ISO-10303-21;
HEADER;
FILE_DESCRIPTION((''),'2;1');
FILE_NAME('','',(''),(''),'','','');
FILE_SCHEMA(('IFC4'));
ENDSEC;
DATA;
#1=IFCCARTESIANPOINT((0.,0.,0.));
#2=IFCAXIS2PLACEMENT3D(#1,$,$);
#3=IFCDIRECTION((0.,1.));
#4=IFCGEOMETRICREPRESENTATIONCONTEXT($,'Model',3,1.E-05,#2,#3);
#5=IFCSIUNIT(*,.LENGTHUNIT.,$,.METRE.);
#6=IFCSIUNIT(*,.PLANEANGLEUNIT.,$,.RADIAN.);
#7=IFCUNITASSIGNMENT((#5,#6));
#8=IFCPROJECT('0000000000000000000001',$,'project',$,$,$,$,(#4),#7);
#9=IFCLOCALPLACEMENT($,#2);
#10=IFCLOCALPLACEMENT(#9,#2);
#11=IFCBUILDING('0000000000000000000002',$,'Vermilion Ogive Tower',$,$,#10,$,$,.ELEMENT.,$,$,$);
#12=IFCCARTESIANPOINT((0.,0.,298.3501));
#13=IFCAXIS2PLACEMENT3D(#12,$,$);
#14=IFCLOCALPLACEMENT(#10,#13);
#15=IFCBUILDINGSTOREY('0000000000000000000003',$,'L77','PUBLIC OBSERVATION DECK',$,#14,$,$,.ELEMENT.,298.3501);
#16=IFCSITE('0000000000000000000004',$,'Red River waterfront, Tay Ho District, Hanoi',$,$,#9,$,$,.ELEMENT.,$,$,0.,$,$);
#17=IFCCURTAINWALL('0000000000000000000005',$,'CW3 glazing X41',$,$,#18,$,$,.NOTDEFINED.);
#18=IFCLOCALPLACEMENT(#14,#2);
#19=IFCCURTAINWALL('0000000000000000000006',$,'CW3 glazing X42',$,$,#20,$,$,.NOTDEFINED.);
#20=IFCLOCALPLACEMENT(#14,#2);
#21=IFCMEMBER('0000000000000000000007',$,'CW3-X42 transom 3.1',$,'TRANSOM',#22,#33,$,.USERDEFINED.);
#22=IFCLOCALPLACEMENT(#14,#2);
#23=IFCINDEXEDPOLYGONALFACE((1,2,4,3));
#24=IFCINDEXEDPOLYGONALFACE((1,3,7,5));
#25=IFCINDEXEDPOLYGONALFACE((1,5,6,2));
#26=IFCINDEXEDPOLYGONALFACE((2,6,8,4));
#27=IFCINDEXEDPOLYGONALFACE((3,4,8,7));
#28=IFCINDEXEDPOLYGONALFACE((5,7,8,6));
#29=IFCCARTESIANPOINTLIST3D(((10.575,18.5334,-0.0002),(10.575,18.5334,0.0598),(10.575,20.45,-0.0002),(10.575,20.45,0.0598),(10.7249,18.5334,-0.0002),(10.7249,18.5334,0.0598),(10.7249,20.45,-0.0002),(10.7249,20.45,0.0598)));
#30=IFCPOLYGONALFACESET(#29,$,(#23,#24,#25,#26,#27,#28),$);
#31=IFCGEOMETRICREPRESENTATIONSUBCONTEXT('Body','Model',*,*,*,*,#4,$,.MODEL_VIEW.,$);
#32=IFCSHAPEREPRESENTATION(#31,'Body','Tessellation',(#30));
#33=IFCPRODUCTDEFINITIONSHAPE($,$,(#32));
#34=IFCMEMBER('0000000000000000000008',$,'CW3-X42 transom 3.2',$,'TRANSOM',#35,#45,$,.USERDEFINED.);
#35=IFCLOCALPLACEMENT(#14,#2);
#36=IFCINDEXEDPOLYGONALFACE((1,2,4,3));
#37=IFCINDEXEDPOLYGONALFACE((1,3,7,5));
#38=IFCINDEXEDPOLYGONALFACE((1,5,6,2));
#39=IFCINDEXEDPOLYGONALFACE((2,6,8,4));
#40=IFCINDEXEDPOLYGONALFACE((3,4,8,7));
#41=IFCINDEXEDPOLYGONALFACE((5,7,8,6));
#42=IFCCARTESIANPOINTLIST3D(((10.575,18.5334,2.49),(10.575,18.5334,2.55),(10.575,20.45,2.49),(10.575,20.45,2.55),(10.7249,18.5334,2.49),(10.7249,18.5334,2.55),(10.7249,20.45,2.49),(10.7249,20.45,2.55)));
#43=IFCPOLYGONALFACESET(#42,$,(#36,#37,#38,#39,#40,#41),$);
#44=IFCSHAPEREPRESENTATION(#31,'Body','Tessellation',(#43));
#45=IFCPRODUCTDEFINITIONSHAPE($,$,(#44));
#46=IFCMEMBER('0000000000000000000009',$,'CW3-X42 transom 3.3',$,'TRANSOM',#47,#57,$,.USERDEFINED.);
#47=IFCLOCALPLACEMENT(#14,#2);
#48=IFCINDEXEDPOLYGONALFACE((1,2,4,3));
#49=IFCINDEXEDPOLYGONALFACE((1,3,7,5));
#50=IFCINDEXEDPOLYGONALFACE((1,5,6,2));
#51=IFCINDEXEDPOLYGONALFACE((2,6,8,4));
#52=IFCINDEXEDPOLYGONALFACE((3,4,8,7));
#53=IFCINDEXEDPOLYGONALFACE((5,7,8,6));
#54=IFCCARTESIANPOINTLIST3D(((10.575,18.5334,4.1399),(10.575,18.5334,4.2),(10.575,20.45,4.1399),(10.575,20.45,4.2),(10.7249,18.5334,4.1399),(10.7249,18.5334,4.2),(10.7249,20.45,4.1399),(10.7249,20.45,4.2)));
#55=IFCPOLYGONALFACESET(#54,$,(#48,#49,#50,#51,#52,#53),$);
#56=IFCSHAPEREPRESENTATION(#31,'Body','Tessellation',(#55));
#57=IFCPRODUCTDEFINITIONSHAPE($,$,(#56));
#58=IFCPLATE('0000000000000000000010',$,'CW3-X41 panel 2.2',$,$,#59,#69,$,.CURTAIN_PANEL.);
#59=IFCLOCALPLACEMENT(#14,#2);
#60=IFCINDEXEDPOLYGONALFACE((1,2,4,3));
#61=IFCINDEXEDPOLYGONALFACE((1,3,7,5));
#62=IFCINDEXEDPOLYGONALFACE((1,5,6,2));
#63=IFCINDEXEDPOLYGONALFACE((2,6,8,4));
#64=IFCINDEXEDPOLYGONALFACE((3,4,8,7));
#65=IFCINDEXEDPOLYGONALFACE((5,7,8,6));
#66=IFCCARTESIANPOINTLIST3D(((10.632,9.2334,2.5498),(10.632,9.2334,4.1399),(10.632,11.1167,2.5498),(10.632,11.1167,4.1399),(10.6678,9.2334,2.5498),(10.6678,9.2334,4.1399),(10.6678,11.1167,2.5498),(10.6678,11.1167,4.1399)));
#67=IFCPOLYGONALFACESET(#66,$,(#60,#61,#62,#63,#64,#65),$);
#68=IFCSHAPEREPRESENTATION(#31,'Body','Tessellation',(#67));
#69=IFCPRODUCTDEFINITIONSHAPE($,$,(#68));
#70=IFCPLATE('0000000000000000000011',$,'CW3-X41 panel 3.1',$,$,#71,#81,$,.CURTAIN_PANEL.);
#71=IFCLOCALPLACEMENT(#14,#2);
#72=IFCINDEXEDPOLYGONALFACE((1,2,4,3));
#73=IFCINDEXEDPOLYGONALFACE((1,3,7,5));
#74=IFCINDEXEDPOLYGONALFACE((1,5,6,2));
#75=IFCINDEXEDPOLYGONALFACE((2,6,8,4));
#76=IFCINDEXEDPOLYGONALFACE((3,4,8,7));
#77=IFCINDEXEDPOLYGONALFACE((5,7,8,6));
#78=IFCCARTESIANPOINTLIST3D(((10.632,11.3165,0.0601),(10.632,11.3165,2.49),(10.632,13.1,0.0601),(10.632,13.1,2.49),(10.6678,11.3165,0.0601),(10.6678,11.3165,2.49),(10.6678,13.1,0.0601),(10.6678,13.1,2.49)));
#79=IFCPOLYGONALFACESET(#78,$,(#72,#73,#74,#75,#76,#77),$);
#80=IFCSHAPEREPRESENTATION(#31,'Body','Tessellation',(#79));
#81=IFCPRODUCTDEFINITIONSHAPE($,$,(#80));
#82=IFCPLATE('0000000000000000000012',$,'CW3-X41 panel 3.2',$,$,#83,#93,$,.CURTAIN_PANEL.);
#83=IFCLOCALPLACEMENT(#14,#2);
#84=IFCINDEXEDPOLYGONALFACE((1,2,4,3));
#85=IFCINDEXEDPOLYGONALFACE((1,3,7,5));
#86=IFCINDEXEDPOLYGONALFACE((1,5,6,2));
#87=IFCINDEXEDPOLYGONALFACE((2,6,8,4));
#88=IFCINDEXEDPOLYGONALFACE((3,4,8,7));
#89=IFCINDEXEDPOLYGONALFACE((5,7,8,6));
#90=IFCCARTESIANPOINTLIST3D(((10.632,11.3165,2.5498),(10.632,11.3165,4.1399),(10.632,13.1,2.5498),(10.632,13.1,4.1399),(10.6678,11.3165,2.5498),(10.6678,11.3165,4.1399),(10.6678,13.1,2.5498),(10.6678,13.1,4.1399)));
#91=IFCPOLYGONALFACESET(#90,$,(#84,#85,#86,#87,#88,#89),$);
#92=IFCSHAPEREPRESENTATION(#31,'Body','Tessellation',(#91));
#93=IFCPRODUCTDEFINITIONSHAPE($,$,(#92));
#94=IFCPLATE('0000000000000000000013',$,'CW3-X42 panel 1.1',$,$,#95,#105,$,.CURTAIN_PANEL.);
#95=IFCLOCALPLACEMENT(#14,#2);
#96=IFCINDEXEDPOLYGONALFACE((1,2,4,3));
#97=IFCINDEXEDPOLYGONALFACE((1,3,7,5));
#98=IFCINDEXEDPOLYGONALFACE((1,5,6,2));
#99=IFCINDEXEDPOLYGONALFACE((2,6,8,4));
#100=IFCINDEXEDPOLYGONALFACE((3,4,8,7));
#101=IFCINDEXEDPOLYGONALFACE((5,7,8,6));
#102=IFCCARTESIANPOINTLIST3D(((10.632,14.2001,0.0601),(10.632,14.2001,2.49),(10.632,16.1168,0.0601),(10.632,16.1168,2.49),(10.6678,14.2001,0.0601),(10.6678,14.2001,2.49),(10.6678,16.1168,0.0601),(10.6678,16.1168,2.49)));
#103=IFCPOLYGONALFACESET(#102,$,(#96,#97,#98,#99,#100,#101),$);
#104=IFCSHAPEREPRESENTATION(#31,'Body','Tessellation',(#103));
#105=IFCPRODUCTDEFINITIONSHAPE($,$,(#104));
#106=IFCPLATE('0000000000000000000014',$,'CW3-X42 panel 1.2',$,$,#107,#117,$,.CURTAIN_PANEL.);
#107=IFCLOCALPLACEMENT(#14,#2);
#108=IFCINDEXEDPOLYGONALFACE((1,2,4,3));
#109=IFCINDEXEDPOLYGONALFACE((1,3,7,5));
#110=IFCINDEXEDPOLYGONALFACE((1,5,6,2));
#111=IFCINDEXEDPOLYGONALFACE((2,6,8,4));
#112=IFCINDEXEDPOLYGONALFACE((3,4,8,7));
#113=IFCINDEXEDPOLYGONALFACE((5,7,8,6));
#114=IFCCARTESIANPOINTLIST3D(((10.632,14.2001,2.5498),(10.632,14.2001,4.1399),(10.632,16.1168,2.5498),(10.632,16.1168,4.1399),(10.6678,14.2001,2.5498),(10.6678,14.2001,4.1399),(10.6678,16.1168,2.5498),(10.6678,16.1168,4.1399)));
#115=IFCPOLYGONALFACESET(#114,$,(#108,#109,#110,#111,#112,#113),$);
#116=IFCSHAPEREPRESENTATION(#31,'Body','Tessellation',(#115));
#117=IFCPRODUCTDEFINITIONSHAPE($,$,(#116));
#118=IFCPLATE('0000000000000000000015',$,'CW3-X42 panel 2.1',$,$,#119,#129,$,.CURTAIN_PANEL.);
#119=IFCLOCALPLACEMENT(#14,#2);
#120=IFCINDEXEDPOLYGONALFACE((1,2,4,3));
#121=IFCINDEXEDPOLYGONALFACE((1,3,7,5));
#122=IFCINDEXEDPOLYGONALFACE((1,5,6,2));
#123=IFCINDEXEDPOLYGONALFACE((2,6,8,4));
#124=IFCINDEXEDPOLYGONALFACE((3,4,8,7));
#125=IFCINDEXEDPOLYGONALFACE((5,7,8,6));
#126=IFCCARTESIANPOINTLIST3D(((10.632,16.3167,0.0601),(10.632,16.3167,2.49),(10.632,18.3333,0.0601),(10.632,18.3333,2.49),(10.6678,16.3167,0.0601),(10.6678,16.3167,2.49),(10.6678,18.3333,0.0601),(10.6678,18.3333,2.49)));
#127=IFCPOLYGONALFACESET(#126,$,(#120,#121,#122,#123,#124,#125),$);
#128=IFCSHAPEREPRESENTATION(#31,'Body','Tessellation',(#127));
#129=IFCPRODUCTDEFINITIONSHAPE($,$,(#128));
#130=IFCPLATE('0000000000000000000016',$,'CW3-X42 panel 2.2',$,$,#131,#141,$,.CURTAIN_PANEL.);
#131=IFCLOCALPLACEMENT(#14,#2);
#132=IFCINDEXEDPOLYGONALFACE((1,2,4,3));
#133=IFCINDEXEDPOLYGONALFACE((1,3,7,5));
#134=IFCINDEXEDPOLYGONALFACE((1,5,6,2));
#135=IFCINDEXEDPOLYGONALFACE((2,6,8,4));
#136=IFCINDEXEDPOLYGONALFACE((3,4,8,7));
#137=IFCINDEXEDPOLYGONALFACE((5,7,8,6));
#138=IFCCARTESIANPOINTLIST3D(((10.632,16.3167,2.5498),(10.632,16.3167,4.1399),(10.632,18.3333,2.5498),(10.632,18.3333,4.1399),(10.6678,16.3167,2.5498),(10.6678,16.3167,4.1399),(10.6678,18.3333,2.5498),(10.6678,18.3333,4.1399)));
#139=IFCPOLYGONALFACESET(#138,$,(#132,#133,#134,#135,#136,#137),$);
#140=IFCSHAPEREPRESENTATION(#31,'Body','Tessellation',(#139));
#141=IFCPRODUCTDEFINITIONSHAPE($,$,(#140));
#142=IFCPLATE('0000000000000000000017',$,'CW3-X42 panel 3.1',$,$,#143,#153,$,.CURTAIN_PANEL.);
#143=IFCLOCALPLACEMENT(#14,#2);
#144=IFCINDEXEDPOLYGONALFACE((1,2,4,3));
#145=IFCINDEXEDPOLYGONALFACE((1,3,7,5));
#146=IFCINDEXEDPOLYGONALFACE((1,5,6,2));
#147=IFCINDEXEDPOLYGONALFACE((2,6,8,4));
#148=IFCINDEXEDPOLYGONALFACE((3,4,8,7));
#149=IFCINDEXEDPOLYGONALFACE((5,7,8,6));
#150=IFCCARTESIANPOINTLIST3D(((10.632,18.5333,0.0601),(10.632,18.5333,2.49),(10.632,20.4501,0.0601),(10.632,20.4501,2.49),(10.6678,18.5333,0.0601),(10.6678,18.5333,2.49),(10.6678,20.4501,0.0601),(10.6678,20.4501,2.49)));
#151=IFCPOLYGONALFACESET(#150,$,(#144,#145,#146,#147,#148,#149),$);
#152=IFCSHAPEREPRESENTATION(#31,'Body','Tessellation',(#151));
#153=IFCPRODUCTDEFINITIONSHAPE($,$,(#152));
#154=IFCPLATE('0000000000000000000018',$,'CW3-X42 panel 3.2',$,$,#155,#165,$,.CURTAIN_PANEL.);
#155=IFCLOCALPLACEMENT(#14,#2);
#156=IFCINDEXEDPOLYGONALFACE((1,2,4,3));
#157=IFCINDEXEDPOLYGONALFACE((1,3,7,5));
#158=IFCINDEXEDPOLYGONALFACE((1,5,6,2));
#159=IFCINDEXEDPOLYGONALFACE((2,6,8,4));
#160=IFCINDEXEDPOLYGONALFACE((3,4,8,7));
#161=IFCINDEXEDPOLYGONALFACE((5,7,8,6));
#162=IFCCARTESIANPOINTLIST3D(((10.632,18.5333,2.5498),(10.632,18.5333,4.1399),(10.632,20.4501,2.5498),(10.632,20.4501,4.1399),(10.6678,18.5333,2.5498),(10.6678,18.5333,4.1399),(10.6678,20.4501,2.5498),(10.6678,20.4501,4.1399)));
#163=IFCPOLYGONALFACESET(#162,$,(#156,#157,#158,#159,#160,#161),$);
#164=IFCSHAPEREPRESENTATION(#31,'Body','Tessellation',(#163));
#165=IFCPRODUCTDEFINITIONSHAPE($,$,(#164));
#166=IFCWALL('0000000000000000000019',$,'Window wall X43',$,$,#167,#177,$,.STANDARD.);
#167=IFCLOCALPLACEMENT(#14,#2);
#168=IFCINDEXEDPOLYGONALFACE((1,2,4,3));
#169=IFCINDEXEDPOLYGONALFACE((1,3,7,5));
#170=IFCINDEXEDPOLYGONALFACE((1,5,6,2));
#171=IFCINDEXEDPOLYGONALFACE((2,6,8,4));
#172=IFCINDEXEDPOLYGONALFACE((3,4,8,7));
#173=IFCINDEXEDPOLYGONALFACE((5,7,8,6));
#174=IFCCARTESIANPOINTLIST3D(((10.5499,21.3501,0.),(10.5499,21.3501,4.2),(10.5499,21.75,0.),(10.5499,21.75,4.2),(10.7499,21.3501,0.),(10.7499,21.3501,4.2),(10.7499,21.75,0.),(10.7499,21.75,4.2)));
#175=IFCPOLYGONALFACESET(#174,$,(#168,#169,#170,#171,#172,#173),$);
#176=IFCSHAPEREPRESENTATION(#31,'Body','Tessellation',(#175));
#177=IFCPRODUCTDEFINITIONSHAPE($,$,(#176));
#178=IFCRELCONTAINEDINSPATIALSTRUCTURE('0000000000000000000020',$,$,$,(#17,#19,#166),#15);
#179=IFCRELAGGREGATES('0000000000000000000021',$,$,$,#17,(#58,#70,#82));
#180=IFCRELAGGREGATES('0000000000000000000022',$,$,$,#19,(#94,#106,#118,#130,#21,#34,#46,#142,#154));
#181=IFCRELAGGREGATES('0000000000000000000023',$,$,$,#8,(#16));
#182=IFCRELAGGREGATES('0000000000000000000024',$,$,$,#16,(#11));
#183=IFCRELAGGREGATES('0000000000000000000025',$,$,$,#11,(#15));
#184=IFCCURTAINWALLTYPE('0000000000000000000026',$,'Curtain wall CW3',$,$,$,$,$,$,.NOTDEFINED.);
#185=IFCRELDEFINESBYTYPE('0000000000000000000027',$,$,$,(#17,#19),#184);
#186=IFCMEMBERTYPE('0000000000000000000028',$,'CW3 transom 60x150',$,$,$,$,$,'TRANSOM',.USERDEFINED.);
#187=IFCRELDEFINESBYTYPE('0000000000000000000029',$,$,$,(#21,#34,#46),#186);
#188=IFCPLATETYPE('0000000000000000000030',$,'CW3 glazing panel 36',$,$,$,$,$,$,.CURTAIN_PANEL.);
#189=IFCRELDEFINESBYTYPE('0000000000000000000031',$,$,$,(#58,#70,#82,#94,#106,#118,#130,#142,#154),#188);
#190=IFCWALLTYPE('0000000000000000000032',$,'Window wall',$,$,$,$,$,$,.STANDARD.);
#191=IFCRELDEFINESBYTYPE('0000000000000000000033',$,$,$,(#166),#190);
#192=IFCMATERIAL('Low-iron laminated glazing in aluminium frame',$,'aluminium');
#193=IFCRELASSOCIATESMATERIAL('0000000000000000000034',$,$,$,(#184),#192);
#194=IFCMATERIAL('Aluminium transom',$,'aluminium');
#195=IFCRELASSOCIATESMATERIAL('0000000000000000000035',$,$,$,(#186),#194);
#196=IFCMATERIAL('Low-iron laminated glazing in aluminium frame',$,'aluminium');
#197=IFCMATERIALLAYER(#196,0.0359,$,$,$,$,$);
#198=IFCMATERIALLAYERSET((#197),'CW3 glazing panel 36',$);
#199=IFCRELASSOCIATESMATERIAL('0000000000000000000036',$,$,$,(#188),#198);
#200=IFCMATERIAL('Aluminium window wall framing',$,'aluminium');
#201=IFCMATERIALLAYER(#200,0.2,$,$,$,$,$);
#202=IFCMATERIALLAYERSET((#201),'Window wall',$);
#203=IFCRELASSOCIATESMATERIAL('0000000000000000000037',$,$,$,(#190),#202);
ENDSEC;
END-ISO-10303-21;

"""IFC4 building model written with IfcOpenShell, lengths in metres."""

from ifc_helpers import new_model, si_unit, direction, frame, frame_2d, origin, origin_2d, place, context, subcontext, project, spatial, rectangle, extrude, material, layer, layer_set, material_profile, profile_set, type_object, element, aggregate, save


model = new_model("IFC4")

# Units and contexts
model_context = context("Model", 3, precision=1e-05, world=origin(), true_north=direction((0.0, 1.0)))
body_context = subcontext(model_context, "Body", "Model", "MODEL_VIEW")
ifc_project = project(units=[si_unit("LENGTHUNIT", "METRE"), si_unit("PLANEANGLEUNIT", "RADIAN")], contexts=[model_context])

# Site, building, storey
site_placement = place(None, origin())
site = spatial("IfcSite", under=ifc_project, at=site_placement, Name="Red River waterfront, Tay Ho District, Hanoi", CompositionType="ELEMENT", RefElevation=0.0)
building_placement = place(site_placement, origin())
building = spatial("IfcBuilding", under=site, at=building_placement, Name="Vermilion Ogive Tower", CompositionType="ELEMENT")
storey_placement = place(building_placement, frame((0.0, 0.0, 298.3501)))
storey = spatial("IfcBuildingStorey", under=building, at=storey_placement, Name="L77", Description="PUBLIC OBSERVATION DECK", CompositionType="ELEMENT", Elevation=298.3501)

# Curtain walls
ifc_material_1 = material(Name="Low-iron laminated glazing in aluminium frame", Category="aluminium")
curtain_wall_type = type_object("IfcCurtainWallType", Name="Curtain wall CW3", PredefinedType="NOTDEFINED", material=ifc_material_1)
curtain_wall_1_placement = place(storey_placement, origin())
curtain_wall_1 = element("IfcCurtainWall", 1, at=curtain_wall_1_placement, inside=storey, type_object=curtain_wall_type, Name="CW3 glazing X41", PredefinedType="NOTDEFINED")
curtain_wall_2_placement = place(storey_placement, origin())
curtain_wall_2 = element("IfcCurtainWall", 2, at=curtain_wall_2_placement, inside=storey, type_object=curtain_wall_type, Name="CW3 glazing X42", PredefinedType="NOTDEFINED")

# Members
ifc_material_2 = material(Name="Aluminium transom", Category="aluminium")
ifc_material_profile_1 = material_profile(ifc_material_2, rectangle(XDim=0.1499, YDim=0.0601, at=origin_2d()), Name="AL 60x150")
ifc_profile_set_1 = profile_set([ifc_material_profile_1], Name="Aluminium transom")
member_type_1 = type_object("IfcMemberType", Name="CW3 transom 60x150", ElementType="TRANSOM", PredefinedType="USERDEFINED", material=ifc_profile_set_1)
member_1_placement = place(storey_placement, frame((10.6499, 18.5334, 0.0298), z_axis=(0.0, 1.0, 0.0), x_axis=(-1.0, 0.0, 0.0)))
member_1 = element("IfcMember", 3, at=member_1_placement, type_object=member_type_1, Name="CW3-X42 transom 3.1", ObjectType="TRANSOM", PredefinedType="USERDEFINED", context=body_context, shape_type="SweptSolid", body=[
    extrude(rectangle(XDim=0.1499, YDim=0.0601, at=origin_2d()), origin(), (0.0, 0.0, 1.0), 1.9165),
])
member_2_placement = place(storey_placement, frame((10.6499, 18.5334, 2.52), z_axis=(0.0, 1.0, 0.0), x_axis=(-1.0, 0.0, 0.0)))
member_2 = element("IfcMember", 4, at=member_2_placement, type_object=member_type_1, Name="CW3-X42 transom 3.2", ObjectType="TRANSOM", PredefinedType="USERDEFINED", context=body_context, shape_type="SweptSolid", body=[
    extrude(rectangle(XDim=0.1499, YDim=0.0601, at=origin_2d()), origin(), (0.0, 0.0, 1.0), 1.9165),
])
member_3_placement = place(storey_placement, frame((10.6499, 18.5334, 4.1699), z_axis=(0.0, 1.0, 0.0), x_axis=(-1.0, 0.0, 0.0)))
member_3 = element("IfcMember", 5, at=member_3_placement, type_object=member_type_1, Name="CW3-X42 transom 3.3", ObjectType="TRANSOM", PredefinedType="USERDEFINED", context=body_context, shape_type="SweptSolid", body=[
    extrude(rectangle(XDim=0.1499, YDim=0.0601, at=origin_2d()), origin(), (0.0, 0.0, 1.0), 1.9165),
])

# Plates
ifc_material_3 = material(Name="Low-iron laminated glazing in aluminium frame", Category="aluminium")
ifc_layer_1 = layer(ifc_material_3, 0.0359)
ifc_layer_set_1 = layer_set([ifc_layer_1], Name="CW3 glazing panel 36")
plate_type = type_object("IfcPlateType", Name="CW3 glazing panel 36", PredefinedType="CURTAIN_PANEL", material=ifc_layer_set_1)
plate_1_placement = place(storey_placement, frame((10.6499, 10.175, 2.5498), z_axis=(0.0, 0.0, 1.0), x_axis=(0.0, 1.0, 0.0)))
plate_1 = element("IfcPlate", 6, at=plate_1_placement, type_object=plate_type, Name="CW3-X41 panel 2.2", PredefinedType="CURTAIN_PANEL", context=body_context, shape_type="SweptSolid", body=[
    extrude(rectangle(XDim=1.8833, YDim=0.0359, at=origin_2d()), origin(), (0.0, 0.0, 1.0), 1.5901),
])
plate_2_placement = place(storey_placement, frame((10.6499, 12.2083, 0.0601), z_axis=(0.0, 0.0, 1.0), x_axis=(0.0, 1.0, 0.0)))
plate_2 = element("IfcPlate", 7, at=plate_2_placement, type_object=plate_type, Name="CW3-X41 panel 3.1", PredefinedType="CURTAIN_PANEL", context=body_context, shape_type="SweptSolid", body=[
    extrude(rectangle(XDim=1.7834, YDim=0.0359, at=origin_2d()), origin(), (0.0, 0.0, 1.0), 2.4299),
])
plate_3_placement = place(storey_placement, frame((10.6499, 12.2083, 2.5498), z_axis=(0.0, 0.0, 1.0), x_axis=(0.0, 1.0, 0.0)))
plate_3 = element("IfcPlate", 8, at=plate_3_placement, type_object=plate_type, Name="CW3-X41 panel 3.2", PredefinedType="CURTAIN_PANEL", context=body_context, shape_type="SweptSolid", body=[
    extrude(rectangle(XDim=1.7834, YDim=0.0359, at=origin_2d()), origin(), (0.0, 0.0, 1.0), 1.5901),
])
aggregate(curtain_wall_1, [plate_1, plate_2, plate_3])
plate_4_placement = place(storey_placement, frame((10.6499, 15.1584, 0.0601), z_axis=(0.0, 0.0, 1.0), x_axis=(0.0, 1.0, 0.0)))
plate_4 = element("IfcPlate", 9, at=plate_4_placement, type_object=plate_type, Name="CW3-X42 panel 1.1", PredefinedType="CURTAIN_PANEL", context=body_context, shape_type="SweptSolid", body=[
    extrude(rectangle(XDim=1.9167, YDim=0.0359, at=origin_2d()), origin(), (0.0, 0.0, 1.0), 2.4299),
])
plate_5_placement = place(storey_placement, frame((10.6499, 15.1584, 2.5498), z_axis=(0.0, 0.0, 1.0), x_axis=(0.0, 1.0, 0.0)))
plate_5 = element("IfcPlate", 10, at=plate_5_placement, type_object=plate_type, Name="CW3-X42 panel 1.2", PredefinedType="CURTAIN_PANEL", context=body_context, shape_type="SweptSolid", body=[
    extrude(rectangle(XDim=1.9167, YDim=0.0359, at=origin_2d()), origin(), (0.0, 0.0, 1.0), 1.5901),
])
plate_6_placement = place(storey_placement, frame((10.6499, 17.325, 0.0601), z_axis=(0.0, 0.0, 1.0), x_axis=(0.0, 1.0, 0.0)))
plate_6 = element("IfcPlate", 11, at=plate_6_placement, type_object=plate_type, Name="CW3-X42 panel 2.1", PredefinedType="CURTAIN_PANEL", context=body_context, shape_type="SweptSolid", body=[
    extrude(rectangle(XDim=2.0166, YDim=0.0359, at=origin_2d()), origin(), (0.0, 0.0, 1.0), 2.4299),
])
plate_7_placement = place(storey_placement, frame((10.6499, 17.325, 2.5498), z_axis=(0.0, 0.0, 1.0), x_axis=(0.0, 1.0, 0.0)))
plate_7 = element("IfcPlate", 12, at=plate_7_placement, type_object=plate_type, Name="CW3-X42 panel 2.2", PredefinedType="CURTAIN_PANEL", context=body_context, shape_type="SweptSolid", body=[
    extrude(rectangle(XDim=2.0166, YDim=0.0359, at=origin_2d()), origin(), (0.0, 0.0, 1.0), 1.5901),
])
plate_8_placement = place(storey_placement, frame((10.6499, 19.4917, 0.0601), z_axis=(0.0, 0.0, 1.0), x_axis=(0.0, 1.0, 0.0)))
plate_8 = element("IfcPlate", 13, at=plate_8_placement, type_object=plate_type, Name="CW3-X42 panel 3.1", PredefinedType="CURTAIN_PANEL", context=body_context, shape_type="SweptSolid", body=[
    extrude(rectangle(XDim=1.9167, YDim=0.0359, at=origin_2d()), origin(), (0.0, 0.0, 1.0), 2.4299),
])
plate_9_placement = place(storey_placement, frame((10.6499, 19.4917, 2.5498), z_axis=(0.0, 0.0, 1.0), x_axis=(0.0, 1.0, 0.0)))
plate_9 = element("IfcPlate", 14, at=plate_9_placement, type_object=plate_type, Name="CW3-X42 panel 3.2", PredefinedType="CURTAIN_PANEL", context=body_context, shape_type="SweptSolid", body=[
    extrude(rectangle(XDim=1.9167, YDim=0.0359, at=origin_2d()), origin(), (0.0, 0.0, 1.0), 1.5901),
])
aggregate(curtain_wall_2, [plate_4, plate_5, plate_6, plate_7, member_1, member_2, member_3, plate_8, plate_9])

# Wall
ifc_material_4 = material(Name="Aluminium window wall framing", Category="aluminium")
ifc_layer_2 = layer(ifc_material_4, 0.2)
ifc_layer_set_2 = layer_set([ifc_layer_2], Name="Window wall")
wall_type = type_object("IfcWallType", Name="Window wall", PredefinedType="STANDARD", material=ifc_layer_set_2)
wall_placement = place(storey_placement, frame((10.6499, 21.3501, 0.0), z_axis=(0.0, 0.0, 1.0), x_axis=(0.0, 1.0, 0.0)))
element("IfcWall", 15, at=wall_placement, inside=storey, type_object=wall_type, Name="Window wall X43", PredefinedType="STANDARD", context=body_context, shape_type="SweptSolid", body=[
    extrude(rectangle(XDim=0.3999, YDim=0.2, at=frame_2d((0.2, 0.0))), origin(), (0.0, 0.0, 1.0), 4.2),
])

save(model, "model.ifc")
